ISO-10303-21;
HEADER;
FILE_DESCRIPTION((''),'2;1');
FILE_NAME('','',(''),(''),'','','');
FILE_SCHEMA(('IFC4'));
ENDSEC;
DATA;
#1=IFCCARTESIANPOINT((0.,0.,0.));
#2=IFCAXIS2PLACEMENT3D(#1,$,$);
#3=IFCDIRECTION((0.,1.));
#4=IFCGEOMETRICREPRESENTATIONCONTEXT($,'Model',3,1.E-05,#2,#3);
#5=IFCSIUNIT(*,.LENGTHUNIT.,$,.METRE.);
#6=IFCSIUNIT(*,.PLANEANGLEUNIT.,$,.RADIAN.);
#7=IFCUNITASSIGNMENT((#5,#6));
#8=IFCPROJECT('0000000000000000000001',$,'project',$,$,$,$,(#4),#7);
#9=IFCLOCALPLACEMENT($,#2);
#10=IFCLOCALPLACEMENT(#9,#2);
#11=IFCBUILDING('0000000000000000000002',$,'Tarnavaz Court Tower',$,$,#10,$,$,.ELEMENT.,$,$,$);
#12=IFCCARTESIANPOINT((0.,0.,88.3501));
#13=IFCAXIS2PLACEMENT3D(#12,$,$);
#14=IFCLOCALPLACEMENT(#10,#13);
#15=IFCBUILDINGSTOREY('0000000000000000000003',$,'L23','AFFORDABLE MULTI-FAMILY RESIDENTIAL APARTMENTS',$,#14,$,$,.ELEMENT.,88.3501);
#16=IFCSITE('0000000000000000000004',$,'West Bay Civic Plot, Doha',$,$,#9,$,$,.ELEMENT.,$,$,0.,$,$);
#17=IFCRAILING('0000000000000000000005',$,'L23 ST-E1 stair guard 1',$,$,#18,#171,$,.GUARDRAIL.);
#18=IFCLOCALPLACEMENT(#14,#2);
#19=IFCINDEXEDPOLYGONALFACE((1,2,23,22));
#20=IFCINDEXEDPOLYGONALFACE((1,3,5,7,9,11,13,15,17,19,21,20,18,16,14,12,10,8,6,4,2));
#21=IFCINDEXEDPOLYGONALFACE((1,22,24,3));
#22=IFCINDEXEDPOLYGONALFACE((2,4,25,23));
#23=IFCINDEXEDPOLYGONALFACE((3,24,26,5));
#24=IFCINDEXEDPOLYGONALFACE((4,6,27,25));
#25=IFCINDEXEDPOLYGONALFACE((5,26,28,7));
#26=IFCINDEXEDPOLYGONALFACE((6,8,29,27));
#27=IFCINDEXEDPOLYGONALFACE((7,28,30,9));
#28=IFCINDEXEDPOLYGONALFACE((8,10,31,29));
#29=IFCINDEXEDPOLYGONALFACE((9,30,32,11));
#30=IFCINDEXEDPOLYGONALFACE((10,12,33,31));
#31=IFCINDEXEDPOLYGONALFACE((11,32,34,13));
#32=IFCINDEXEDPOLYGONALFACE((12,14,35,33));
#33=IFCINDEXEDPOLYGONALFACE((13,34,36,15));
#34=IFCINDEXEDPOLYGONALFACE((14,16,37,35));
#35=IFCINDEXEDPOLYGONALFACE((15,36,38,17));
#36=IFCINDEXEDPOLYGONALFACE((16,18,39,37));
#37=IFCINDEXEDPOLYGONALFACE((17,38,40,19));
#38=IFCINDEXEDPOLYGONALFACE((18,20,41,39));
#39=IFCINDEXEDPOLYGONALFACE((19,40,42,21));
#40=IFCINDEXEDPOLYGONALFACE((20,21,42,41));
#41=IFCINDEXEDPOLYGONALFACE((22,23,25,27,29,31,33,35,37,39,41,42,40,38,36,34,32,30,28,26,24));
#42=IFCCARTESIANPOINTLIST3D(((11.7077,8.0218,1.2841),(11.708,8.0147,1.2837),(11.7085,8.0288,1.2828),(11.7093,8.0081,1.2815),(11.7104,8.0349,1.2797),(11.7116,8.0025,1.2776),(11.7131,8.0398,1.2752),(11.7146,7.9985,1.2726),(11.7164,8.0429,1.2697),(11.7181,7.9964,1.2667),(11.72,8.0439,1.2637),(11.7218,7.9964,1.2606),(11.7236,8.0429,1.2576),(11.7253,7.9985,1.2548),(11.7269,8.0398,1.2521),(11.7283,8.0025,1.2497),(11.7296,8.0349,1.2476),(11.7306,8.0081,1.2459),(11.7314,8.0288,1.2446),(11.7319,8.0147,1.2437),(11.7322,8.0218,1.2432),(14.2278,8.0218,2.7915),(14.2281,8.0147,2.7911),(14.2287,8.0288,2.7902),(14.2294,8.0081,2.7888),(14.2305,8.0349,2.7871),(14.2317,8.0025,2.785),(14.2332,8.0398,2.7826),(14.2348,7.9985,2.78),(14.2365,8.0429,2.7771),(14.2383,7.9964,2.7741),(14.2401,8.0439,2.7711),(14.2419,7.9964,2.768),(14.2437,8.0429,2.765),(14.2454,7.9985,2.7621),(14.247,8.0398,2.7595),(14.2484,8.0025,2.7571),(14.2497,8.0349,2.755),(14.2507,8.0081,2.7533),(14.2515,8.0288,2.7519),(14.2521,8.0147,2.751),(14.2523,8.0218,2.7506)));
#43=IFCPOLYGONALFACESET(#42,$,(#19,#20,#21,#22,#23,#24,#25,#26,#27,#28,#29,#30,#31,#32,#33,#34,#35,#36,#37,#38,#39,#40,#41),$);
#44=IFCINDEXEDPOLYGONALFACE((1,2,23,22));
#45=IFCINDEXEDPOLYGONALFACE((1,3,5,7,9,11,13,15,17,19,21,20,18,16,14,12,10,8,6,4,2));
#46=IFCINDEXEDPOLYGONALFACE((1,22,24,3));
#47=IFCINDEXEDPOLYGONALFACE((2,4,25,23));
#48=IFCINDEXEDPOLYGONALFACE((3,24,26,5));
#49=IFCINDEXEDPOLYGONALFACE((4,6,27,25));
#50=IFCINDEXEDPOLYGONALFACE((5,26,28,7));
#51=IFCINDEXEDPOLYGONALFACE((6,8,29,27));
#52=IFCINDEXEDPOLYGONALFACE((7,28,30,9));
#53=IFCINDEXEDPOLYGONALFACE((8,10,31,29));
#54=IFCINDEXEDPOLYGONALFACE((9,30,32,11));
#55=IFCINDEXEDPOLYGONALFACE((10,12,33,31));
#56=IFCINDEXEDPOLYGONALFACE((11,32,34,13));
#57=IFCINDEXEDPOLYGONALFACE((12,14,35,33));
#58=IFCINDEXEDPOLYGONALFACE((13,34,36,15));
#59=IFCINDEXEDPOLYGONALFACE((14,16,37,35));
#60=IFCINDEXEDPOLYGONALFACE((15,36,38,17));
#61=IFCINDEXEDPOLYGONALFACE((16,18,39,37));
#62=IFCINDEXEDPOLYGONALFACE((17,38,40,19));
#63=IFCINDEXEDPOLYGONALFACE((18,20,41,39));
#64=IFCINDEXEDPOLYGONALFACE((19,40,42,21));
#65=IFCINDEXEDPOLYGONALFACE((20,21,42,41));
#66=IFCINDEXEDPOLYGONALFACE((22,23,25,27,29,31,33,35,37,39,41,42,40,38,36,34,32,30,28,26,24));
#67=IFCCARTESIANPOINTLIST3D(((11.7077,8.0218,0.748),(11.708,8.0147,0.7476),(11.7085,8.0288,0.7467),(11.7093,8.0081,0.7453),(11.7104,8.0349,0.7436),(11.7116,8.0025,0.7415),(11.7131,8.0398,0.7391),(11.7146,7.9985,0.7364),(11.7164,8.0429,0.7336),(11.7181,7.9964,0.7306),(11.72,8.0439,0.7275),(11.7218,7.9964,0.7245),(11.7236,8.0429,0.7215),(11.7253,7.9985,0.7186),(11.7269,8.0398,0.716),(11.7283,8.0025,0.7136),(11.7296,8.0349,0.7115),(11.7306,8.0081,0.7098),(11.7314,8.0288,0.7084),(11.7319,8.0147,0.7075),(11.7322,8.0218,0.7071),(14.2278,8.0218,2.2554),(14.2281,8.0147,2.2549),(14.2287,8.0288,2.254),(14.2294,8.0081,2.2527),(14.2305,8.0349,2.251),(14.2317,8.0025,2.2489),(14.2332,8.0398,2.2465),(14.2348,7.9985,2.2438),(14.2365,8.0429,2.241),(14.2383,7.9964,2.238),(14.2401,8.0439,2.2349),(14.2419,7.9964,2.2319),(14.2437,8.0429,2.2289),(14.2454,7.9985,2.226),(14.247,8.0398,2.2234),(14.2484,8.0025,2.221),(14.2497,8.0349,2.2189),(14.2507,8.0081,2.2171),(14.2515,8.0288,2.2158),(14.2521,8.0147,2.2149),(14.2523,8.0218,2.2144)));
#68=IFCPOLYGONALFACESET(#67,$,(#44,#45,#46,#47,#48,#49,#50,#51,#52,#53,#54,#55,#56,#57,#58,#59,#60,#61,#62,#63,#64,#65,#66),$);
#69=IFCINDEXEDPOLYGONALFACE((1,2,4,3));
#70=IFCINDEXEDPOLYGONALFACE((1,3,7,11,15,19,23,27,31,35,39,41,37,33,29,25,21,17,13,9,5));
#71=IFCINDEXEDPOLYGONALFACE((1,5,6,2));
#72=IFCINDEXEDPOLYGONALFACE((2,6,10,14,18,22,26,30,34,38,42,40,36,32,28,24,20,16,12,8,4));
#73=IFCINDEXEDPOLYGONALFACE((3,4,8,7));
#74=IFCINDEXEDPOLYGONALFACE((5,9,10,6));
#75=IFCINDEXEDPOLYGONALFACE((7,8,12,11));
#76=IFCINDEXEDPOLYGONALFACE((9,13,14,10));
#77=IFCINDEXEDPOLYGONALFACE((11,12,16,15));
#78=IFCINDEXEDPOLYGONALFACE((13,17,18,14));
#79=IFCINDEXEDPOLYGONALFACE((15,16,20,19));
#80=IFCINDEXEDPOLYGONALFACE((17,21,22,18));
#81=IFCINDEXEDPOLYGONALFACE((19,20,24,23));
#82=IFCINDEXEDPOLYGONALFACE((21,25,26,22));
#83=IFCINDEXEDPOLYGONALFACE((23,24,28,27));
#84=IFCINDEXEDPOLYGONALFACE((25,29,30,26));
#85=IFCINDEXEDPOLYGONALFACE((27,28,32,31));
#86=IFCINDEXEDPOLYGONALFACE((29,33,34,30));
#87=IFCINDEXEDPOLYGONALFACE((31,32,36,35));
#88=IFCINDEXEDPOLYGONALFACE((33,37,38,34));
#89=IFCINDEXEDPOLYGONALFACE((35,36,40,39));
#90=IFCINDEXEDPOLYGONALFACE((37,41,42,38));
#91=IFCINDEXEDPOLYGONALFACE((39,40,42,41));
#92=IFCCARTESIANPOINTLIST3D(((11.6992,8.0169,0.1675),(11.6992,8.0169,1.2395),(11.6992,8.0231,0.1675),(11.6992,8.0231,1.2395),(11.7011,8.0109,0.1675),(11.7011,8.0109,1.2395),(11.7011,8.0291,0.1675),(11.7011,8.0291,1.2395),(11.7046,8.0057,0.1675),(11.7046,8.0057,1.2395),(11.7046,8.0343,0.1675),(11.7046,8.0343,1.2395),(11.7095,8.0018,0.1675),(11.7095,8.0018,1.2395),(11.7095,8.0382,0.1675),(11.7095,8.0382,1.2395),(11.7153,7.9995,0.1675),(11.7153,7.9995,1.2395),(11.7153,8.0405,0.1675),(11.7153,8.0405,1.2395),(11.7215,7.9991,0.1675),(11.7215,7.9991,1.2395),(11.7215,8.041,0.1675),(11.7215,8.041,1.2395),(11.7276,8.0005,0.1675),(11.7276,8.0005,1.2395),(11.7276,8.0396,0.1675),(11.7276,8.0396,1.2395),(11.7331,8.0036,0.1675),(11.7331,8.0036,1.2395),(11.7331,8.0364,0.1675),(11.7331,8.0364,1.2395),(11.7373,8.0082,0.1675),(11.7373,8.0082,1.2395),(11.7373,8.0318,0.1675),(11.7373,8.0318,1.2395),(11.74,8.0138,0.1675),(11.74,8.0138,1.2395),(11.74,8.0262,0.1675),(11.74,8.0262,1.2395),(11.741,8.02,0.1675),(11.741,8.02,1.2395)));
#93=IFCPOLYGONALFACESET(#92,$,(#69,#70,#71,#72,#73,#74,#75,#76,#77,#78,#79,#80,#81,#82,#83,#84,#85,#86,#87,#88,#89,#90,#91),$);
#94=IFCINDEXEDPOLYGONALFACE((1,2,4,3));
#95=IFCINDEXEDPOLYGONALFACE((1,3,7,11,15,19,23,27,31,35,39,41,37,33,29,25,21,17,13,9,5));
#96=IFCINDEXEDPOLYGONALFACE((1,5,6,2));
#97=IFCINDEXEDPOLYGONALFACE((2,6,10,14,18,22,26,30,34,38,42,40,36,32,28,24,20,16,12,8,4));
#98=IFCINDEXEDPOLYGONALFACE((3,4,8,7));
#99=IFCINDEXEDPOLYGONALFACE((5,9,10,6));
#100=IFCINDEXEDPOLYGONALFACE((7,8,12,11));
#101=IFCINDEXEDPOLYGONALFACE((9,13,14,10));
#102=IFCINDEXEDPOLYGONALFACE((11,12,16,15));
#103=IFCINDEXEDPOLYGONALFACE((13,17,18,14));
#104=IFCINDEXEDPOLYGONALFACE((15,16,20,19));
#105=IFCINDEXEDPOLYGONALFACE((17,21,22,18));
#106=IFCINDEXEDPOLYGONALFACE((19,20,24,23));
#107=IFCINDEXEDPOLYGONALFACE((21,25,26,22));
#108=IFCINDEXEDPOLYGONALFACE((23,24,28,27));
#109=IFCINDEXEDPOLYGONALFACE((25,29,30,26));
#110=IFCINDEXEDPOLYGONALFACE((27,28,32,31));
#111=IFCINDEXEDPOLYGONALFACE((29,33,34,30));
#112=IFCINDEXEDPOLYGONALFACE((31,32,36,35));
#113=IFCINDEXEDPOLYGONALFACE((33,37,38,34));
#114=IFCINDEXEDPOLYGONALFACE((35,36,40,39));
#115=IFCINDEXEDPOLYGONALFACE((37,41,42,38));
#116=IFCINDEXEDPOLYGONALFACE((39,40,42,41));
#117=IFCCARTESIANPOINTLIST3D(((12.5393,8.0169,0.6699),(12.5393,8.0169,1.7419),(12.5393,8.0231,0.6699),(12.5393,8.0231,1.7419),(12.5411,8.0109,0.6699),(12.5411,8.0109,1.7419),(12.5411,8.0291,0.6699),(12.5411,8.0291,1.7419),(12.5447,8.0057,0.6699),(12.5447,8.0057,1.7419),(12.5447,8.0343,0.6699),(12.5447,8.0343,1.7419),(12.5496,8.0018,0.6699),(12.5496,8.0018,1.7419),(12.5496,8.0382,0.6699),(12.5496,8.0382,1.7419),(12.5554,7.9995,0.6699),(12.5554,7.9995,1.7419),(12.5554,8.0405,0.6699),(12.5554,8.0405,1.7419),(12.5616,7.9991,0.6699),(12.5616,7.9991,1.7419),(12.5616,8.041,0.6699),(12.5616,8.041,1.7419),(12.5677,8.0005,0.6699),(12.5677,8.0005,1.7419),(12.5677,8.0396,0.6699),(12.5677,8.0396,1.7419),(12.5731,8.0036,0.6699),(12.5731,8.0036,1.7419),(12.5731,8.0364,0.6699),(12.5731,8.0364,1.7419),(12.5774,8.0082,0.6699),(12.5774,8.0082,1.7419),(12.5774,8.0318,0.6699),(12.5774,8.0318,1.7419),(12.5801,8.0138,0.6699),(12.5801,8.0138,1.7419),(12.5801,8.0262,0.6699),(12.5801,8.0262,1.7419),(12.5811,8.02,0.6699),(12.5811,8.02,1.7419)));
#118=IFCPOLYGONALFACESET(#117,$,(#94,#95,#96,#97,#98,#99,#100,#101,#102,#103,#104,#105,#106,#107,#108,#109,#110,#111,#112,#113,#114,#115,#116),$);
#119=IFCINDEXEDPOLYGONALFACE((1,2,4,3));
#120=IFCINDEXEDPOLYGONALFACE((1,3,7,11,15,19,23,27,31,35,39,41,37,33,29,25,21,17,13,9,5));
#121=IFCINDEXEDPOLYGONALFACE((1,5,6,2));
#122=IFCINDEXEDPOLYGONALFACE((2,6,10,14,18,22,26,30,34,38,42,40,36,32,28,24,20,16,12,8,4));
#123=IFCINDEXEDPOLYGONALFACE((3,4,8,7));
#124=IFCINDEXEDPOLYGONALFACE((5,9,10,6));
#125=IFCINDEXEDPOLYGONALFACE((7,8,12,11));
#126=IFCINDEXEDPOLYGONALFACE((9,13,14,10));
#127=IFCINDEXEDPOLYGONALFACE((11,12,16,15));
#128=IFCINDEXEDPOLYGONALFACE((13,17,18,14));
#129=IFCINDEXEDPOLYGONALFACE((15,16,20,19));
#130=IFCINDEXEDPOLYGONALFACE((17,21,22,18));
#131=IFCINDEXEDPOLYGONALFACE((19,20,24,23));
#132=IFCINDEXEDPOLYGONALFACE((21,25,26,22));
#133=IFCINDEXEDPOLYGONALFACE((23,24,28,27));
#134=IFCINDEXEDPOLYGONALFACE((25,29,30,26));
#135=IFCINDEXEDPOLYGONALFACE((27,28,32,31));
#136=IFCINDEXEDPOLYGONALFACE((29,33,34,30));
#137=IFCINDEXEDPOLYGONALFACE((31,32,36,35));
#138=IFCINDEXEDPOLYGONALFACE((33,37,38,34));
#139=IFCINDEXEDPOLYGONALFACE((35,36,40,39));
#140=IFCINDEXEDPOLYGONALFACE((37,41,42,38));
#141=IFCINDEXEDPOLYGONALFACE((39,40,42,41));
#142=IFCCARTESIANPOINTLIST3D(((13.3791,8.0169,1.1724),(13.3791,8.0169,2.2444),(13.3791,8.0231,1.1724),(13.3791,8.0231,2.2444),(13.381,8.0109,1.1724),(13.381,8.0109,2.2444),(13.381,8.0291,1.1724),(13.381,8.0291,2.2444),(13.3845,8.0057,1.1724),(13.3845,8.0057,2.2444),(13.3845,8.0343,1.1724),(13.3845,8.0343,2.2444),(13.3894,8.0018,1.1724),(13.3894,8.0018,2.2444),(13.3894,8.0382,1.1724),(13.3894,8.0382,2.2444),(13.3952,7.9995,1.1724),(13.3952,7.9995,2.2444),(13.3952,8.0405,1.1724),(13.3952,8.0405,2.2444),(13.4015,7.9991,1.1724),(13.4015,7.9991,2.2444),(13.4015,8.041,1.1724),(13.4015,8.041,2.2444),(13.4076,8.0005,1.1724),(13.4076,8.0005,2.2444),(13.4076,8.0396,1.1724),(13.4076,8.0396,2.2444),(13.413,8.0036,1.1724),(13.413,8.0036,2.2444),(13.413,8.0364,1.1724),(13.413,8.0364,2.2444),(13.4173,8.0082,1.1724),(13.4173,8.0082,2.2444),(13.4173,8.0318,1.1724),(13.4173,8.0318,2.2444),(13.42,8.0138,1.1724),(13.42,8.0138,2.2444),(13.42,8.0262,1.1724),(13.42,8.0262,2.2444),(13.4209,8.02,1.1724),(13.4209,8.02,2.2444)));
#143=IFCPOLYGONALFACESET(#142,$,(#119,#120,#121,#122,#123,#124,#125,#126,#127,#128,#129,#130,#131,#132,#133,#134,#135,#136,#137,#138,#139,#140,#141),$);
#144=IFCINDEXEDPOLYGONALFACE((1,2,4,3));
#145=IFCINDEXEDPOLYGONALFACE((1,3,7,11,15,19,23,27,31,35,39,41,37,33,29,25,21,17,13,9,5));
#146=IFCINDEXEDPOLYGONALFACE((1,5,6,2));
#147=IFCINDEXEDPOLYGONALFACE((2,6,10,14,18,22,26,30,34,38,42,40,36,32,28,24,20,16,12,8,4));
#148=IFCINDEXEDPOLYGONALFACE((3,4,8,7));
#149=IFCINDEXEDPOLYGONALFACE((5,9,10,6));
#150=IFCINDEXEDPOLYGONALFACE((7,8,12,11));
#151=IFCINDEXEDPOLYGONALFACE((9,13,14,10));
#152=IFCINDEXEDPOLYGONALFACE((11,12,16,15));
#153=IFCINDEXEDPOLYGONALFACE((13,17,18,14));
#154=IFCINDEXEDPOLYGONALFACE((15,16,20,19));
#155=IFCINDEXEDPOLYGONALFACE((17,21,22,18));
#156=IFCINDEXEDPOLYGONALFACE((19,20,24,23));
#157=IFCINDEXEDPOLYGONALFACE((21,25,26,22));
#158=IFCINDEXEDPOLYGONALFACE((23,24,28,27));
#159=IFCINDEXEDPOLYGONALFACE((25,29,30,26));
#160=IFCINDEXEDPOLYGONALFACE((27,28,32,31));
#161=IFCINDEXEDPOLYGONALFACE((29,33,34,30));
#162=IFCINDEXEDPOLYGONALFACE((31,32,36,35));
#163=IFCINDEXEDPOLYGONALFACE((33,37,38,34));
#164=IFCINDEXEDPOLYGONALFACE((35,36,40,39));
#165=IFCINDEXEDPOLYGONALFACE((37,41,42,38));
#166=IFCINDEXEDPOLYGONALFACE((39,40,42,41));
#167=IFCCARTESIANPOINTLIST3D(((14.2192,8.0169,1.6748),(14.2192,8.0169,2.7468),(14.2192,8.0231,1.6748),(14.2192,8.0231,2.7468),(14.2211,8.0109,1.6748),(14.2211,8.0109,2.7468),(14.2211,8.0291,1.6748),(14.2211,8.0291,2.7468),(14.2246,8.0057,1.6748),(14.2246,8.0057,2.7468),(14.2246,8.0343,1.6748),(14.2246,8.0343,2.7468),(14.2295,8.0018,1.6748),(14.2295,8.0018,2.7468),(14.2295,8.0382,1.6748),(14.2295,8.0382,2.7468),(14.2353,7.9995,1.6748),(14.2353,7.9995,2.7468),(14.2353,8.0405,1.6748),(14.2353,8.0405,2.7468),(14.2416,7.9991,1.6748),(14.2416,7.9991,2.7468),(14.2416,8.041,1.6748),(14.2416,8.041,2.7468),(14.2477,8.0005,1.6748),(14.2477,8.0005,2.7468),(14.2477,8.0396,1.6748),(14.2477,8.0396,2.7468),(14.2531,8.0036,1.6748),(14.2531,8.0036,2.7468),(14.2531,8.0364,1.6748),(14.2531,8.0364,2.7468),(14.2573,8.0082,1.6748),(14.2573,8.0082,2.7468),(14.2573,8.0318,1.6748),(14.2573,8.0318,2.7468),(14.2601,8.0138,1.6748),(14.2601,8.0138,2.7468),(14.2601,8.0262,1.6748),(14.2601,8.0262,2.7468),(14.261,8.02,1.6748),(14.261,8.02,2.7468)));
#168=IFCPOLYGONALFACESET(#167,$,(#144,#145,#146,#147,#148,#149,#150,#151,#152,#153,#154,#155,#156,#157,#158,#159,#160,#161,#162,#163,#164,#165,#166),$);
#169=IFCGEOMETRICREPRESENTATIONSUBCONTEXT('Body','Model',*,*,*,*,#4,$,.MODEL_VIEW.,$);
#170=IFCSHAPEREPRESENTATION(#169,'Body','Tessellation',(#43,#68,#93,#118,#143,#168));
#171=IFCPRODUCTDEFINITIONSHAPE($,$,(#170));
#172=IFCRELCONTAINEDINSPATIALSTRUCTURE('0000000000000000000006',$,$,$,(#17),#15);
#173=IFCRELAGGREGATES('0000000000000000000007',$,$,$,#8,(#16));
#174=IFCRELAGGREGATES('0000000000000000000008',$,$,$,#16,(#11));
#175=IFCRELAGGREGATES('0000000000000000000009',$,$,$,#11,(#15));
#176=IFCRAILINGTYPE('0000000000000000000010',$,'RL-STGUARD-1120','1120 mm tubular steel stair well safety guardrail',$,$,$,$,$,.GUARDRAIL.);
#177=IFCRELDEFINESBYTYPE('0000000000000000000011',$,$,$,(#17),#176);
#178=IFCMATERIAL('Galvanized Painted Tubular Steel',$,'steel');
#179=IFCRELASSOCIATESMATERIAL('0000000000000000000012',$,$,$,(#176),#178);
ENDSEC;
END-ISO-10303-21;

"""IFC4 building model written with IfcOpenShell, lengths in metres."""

from ifc_helpers import new_model, si_unit, direction, frame, origin, origin_2d, place, context, subcontext, project, spatial, circle, extrude, material, type_object, element, save


model = new_model("IFC4")

# Units and contexts
model_context = context("Model", 3, precision=1e-05, world=origin(), true_north=direction((0.0, 1.0)))
body_context = subcontext(model_context, "Body", "Model", "MODEL_VIEW")
ifc_project = project(units=[si_unit("LENGTHUNIT", "METRE"), si_unit("PLANEANGLEUNIT", "RADIAN")], contexts=[model_context])

# Site, building, storey
site_placement = place(None, origin())
site = spatial("IfcSite", under=ifc_project, at=site_placement, Name="West Bay Civic Plot, Doha", CompositionType="ELEMENT", RefElevation=0.0)
building_placement = place(site_placement, origin())
building = spatial("IfcBuilding", under=site, at=building_placement, Name="Tarnavaz Court Tower", CompositionType="ELEMENT")
storey_placement = place(building_placement, frame((0.0, 0.0, 88.3501)))
storey = spatial("IfcBuildingStorey", under=building, at=storey_placement, Name="L23", Description="AFFORDABLE MULTI-FAMILY RESIDENTIAL APARTMENTS", CompositionType="ELEMENT", Elevation=88.3501)

# Railing
ifc_material_1 = material(Name="Galvanized Painted Tubular Steel", Category="steel")
railing_type_1 = type_object("IfcRailingType", Name="RL-STGUARD-1120", Description="1120 mm tubular steel stair well safety guardrail", PredefinedType="GUARDRAIL", material=ifc_material_1)
railing_1_placement = place(storey_placement, frame((11.72, 8.02, 0.1675)))
element("IfcRailing", 1, at=railing_1_placement, inside=storey, type_object=railing_type_1, Name="L23 ST-E1 stair guard 1", PredefinedType="GUARDRAIL", context=body_context, shape_type="SweptSolid", body=[
    extrude(circle(Radius=0.0239, at=origin_2d()), frame((0.0, 0.0, 1.0962), z_axis=(0.858196, 0.0, 0.513321), x_axis=(0.0, 1.0, 0.0)), (0.0, 0.0, 1.0), 2.9365),
    extrude(circle(Radius=0.0239, at=origin_2d()), frame((0.0, 0.0, 0.5601), z_axis=(0.858196, 0.0, 0.513321), x_axis=(0.0, 1.0, 0.0)), (0.0, 0.0, 1.0), 2.9365),
    extrude(circle(Radius=0.021, at=origin_2d()), origin(), (0.0, 0.0, 1.0), 1.072),
    extrude(circle(Radius=0.021, at=origin_2d()), frame((0.8401, 0.0, 0.5024)), (0.0, 0.0, 1.0), 1.072),
    extrude(circle(Radius=0.021, at=origin_2d()), frame((1.6799, 0.0, 1.0049)), (0.0, 0.0, 1.0), 1.072),
    extrude(circle(Radius=0.021, at=origin_2d()), frame((2.52, 0.0, 1.5073)), (0.0, 0.0, 1.0), 1.072),
])

save(model, "model.ifc")
